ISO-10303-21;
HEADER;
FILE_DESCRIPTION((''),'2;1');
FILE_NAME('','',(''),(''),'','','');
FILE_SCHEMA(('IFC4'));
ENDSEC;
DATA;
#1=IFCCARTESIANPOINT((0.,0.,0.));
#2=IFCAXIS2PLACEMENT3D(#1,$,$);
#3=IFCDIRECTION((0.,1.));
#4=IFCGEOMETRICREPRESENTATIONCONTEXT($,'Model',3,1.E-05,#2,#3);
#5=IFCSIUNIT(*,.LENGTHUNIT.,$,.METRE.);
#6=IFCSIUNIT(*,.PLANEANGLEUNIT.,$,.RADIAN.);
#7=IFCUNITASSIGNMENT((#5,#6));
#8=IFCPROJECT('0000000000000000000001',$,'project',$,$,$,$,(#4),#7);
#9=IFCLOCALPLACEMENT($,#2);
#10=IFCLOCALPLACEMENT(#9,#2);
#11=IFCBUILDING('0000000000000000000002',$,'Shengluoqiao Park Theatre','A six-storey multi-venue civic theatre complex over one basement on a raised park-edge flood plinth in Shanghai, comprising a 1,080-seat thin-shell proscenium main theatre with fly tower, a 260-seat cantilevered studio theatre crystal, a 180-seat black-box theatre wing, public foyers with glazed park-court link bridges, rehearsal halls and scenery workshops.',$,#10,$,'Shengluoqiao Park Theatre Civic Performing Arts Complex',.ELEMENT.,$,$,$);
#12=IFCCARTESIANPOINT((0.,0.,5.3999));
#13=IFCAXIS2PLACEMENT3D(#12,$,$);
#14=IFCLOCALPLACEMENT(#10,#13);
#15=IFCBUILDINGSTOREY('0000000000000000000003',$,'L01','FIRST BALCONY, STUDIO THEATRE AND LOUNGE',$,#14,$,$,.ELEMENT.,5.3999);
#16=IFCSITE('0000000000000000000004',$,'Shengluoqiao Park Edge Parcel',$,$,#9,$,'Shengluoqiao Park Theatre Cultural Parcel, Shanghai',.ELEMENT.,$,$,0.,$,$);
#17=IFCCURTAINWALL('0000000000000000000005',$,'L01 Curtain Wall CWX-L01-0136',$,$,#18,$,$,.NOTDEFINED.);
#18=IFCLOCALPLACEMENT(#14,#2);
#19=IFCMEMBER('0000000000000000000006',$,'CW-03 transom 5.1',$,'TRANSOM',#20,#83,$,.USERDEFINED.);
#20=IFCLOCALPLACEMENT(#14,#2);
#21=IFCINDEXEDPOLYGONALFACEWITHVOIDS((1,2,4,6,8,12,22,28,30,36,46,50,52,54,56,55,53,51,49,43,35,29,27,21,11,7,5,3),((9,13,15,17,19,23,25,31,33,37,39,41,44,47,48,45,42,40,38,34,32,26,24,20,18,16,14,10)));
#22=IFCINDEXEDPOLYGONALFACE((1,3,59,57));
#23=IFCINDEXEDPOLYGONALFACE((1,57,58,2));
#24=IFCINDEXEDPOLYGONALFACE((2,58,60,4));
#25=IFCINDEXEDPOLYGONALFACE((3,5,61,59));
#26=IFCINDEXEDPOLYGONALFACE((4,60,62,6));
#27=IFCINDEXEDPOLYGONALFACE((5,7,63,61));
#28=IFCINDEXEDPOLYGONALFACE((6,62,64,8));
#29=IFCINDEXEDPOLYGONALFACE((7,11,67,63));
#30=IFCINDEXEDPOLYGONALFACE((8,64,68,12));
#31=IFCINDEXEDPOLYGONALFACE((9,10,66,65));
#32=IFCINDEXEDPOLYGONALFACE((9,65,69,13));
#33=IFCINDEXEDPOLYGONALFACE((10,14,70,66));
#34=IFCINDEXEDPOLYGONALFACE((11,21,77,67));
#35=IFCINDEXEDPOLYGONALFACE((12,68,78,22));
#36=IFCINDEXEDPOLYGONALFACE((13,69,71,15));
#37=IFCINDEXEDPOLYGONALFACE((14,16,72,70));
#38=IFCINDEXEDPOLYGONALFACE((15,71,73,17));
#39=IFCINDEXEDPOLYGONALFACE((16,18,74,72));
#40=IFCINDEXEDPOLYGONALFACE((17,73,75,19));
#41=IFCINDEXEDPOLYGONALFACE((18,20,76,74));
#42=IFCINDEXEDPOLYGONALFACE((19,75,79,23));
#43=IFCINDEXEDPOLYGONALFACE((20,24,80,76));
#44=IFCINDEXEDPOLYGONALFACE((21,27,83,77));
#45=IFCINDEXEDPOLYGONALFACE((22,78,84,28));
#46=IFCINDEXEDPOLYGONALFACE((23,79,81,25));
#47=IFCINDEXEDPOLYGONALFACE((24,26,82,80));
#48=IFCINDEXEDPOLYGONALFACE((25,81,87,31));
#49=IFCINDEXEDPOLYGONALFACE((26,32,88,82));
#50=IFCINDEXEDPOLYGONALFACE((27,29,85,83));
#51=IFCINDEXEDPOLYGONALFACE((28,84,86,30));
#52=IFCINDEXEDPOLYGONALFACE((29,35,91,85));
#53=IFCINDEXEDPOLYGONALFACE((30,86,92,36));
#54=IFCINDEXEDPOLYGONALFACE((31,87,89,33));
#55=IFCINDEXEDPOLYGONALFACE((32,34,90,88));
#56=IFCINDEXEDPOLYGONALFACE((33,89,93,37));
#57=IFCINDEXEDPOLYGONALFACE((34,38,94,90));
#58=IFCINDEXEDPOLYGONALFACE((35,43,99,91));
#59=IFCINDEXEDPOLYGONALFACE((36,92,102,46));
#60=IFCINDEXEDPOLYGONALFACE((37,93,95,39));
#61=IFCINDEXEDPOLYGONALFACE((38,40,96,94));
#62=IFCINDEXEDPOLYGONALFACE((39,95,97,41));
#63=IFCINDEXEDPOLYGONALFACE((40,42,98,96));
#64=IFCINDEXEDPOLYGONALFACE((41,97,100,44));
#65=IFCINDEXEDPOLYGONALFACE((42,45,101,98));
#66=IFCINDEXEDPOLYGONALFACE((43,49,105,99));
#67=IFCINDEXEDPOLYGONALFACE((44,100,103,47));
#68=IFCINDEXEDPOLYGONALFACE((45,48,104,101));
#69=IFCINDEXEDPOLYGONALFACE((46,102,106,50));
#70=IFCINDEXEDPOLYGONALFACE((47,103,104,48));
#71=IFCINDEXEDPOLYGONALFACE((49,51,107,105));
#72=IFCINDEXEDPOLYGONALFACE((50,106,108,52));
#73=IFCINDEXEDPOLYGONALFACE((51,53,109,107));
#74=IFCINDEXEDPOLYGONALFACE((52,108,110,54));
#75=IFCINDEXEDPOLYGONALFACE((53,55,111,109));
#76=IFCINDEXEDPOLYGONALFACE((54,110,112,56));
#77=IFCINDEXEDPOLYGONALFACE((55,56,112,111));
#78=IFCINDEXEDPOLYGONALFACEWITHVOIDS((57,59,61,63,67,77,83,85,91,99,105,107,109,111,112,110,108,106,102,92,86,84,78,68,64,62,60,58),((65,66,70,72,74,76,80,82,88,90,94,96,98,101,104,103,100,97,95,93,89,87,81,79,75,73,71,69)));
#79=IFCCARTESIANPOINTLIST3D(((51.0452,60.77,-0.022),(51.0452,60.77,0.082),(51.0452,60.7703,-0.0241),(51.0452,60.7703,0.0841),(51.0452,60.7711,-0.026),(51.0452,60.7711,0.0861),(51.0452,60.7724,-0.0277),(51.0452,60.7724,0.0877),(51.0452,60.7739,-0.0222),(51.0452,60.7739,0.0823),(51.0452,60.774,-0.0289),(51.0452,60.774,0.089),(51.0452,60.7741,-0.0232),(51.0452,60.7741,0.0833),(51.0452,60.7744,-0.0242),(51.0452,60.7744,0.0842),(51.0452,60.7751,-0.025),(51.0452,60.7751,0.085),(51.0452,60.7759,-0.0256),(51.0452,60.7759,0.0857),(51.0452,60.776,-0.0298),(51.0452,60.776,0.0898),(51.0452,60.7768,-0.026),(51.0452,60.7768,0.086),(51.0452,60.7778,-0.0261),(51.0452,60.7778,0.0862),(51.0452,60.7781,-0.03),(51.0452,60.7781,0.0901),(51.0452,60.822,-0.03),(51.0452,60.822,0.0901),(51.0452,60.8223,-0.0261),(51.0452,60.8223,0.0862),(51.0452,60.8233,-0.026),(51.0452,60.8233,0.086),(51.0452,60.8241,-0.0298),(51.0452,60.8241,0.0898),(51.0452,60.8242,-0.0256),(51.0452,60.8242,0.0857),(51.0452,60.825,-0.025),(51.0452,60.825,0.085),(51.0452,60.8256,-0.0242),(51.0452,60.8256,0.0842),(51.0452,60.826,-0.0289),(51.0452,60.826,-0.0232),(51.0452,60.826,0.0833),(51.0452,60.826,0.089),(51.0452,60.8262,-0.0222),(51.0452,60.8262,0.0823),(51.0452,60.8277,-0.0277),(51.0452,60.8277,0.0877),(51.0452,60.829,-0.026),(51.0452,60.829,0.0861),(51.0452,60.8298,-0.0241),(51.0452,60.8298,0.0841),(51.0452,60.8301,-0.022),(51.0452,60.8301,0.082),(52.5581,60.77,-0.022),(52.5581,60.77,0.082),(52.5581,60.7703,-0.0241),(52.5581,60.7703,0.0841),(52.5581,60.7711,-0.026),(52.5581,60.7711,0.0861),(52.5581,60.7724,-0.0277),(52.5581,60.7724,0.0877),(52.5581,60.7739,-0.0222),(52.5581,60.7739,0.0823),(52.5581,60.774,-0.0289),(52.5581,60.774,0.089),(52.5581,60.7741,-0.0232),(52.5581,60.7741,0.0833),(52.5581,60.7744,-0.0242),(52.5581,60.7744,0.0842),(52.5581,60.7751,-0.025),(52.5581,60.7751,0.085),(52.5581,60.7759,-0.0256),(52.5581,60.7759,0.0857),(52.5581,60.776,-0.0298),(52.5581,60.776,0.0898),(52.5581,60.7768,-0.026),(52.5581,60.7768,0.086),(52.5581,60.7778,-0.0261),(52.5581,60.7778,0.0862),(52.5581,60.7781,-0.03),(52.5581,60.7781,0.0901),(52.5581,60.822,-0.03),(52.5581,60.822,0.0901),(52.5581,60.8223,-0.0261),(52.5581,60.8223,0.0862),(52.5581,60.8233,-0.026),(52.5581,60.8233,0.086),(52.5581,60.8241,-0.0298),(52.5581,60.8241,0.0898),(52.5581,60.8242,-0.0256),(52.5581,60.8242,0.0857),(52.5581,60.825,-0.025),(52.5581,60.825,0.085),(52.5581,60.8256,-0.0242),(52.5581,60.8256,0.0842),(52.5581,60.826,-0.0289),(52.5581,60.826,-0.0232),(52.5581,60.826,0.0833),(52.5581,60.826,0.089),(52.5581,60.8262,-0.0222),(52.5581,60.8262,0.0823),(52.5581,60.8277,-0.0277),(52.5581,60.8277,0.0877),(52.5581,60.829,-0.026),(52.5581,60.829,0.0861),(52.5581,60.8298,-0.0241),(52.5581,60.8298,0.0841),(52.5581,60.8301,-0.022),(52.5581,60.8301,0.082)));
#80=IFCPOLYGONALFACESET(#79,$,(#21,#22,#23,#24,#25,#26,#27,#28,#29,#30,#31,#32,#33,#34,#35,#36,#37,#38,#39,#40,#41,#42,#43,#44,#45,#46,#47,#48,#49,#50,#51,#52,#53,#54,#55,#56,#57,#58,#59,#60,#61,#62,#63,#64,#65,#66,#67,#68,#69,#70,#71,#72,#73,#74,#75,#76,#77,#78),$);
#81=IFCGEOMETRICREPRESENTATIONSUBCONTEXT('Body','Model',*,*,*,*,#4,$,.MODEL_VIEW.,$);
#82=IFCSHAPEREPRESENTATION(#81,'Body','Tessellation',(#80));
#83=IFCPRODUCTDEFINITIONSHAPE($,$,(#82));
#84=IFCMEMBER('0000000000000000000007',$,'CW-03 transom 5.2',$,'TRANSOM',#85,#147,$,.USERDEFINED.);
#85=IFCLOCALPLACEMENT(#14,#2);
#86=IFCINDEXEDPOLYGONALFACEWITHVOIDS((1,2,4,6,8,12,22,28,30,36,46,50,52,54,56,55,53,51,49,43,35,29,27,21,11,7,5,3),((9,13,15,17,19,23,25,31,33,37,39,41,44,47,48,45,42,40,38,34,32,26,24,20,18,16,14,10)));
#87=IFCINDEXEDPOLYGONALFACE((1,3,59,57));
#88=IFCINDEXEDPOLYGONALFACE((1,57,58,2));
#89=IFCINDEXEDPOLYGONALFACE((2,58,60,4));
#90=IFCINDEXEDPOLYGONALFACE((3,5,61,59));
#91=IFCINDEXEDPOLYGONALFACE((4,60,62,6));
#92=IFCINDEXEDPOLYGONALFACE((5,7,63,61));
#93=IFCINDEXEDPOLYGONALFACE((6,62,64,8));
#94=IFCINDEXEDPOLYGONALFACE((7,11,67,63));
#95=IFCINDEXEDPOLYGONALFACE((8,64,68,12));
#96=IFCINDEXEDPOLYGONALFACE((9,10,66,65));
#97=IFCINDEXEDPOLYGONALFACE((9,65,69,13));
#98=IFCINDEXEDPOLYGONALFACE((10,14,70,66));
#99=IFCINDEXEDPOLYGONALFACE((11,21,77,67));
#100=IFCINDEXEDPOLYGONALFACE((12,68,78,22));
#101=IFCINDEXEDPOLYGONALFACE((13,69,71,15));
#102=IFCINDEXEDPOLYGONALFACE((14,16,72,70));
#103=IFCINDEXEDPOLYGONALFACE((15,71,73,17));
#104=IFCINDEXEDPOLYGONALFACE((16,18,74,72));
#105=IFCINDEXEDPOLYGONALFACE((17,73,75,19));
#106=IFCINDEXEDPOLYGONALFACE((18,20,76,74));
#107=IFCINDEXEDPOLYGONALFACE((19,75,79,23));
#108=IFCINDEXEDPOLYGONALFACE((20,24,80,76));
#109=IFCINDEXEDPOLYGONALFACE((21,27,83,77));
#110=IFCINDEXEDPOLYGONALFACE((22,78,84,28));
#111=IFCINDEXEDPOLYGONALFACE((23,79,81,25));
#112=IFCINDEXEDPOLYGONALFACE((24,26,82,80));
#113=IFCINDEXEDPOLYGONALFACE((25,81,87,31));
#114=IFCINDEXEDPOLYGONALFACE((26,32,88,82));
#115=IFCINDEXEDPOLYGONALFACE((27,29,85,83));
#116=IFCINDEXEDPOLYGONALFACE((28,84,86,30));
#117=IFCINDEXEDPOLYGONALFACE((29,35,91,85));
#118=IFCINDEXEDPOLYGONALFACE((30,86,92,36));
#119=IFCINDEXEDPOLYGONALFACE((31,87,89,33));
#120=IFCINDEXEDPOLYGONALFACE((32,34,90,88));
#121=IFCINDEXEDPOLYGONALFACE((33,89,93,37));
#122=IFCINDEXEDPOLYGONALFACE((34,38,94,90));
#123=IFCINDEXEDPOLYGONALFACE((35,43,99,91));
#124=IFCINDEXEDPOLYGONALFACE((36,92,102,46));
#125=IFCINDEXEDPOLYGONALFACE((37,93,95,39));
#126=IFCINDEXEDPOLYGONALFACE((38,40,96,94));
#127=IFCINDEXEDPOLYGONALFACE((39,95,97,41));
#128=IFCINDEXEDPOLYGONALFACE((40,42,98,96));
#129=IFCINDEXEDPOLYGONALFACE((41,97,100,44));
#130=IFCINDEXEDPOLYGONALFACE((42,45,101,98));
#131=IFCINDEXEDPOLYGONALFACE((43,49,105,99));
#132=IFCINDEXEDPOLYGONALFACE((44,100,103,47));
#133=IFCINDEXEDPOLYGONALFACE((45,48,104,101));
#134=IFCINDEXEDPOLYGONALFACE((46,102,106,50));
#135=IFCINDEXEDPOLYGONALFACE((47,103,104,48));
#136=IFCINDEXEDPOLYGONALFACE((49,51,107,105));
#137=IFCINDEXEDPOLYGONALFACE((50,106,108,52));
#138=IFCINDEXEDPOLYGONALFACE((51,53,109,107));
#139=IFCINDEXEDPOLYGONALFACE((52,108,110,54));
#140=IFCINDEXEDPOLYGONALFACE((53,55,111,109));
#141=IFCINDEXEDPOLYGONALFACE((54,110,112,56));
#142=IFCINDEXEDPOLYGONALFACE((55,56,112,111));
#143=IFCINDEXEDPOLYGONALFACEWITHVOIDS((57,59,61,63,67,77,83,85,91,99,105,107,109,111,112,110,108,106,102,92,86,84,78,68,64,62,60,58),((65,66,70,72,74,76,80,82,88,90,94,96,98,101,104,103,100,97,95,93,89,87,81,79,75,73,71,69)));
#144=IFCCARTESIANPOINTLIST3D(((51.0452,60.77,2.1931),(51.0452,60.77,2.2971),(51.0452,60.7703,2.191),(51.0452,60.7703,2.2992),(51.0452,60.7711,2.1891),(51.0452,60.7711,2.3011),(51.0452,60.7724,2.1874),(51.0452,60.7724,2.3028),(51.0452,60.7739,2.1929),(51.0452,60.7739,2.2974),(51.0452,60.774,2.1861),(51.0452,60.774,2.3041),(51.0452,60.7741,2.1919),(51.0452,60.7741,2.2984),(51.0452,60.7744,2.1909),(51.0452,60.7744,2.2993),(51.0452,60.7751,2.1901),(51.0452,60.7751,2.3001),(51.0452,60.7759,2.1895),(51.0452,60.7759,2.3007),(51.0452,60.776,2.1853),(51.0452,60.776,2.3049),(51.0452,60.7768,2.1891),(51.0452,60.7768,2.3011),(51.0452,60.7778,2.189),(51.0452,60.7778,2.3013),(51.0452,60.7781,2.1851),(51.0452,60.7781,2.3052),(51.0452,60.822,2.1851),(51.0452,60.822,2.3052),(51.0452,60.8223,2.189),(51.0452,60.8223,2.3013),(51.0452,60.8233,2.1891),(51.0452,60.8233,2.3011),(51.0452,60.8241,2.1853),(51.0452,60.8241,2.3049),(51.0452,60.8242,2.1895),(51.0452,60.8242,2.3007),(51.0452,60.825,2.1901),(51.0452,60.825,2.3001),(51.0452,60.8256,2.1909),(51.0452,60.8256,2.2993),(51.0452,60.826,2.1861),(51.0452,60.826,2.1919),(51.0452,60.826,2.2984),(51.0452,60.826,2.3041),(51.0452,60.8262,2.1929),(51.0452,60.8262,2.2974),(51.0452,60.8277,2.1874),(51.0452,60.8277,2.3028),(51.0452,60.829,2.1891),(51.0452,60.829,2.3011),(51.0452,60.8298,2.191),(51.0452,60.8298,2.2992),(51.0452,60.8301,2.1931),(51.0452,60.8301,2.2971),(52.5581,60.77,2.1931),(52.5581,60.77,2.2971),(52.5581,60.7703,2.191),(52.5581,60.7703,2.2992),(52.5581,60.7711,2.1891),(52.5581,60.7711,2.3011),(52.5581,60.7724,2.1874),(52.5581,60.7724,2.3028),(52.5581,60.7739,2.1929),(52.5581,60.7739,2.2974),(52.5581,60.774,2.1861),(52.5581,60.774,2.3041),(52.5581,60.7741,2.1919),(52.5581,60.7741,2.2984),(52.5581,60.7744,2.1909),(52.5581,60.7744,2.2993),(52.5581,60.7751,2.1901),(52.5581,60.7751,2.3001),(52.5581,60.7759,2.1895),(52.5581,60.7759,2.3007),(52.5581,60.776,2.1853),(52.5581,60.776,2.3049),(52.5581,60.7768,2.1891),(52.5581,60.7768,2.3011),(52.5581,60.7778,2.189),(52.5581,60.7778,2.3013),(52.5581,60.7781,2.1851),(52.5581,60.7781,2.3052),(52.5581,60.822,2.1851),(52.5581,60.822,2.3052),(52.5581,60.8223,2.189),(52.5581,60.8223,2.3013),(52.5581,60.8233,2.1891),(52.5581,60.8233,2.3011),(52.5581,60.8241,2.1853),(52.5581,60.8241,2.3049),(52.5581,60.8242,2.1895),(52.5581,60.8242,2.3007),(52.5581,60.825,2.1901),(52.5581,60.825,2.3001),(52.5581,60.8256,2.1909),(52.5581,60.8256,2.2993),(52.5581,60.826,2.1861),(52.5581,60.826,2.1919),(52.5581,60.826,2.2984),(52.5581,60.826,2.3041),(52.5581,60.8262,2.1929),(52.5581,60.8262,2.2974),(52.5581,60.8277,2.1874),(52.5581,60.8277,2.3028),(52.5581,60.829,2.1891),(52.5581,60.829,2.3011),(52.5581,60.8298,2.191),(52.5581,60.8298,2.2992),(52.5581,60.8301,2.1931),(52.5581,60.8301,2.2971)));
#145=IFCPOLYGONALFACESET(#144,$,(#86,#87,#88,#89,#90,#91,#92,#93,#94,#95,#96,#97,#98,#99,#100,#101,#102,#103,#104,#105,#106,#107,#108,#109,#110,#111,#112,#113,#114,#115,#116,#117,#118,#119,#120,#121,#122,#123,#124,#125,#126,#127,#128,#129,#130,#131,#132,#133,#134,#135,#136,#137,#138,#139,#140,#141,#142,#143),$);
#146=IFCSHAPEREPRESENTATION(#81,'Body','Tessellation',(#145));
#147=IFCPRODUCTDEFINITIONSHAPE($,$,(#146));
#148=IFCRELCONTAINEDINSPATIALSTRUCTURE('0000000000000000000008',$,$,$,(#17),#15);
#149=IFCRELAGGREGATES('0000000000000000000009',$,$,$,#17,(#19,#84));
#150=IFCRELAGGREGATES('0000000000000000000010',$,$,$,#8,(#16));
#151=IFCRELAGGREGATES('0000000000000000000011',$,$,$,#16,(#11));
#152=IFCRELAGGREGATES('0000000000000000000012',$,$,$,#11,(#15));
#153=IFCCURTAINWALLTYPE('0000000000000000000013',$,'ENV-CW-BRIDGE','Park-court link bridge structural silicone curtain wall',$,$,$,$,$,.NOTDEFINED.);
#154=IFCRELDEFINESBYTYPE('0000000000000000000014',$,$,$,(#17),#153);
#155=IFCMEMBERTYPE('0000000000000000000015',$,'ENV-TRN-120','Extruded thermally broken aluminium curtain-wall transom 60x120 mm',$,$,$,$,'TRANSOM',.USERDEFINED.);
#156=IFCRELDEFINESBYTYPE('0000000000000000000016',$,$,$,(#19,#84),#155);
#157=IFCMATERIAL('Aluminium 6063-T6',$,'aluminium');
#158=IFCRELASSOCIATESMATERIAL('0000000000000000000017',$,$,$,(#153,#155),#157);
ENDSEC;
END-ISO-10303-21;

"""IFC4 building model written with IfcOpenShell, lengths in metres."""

from ifc_helpers import new_model, si_unit, direction, frame, origin, origin_2d, place, context, subcontext, project, spatial, hollow_rectangle, extrude, material, material_profile, profile_set, type_object, element, aggregate, save


model = new_model("IFC4")

# Units and contexts
model_context = context("Model", 3, precision=1e-05, world=origin(), true_north=direction((0.0, 1.0)))
body_context = subcontext(model_context, "Body", "Model", "MODEL_VIEW")
ifc_project = project(units=[si_unit("LENGTHUNIT", "METRE"), si_unit("PLANEANGLEUNIT", "RADIAN")], contexts=[model_context])

# Site, building, storey
site_placement = place(None, origin())
site = spatial("IfcSite", under=ifc_project, at=site_placement, Name="Shengluoqiao Park Edge Parcel", LongName="Shengluoqiao Park Theatre Cultural Parcel, Shanghai", CompositionType="ELEMENT", RefElevation=0.0)
building_placement = place(site_placement, origin())
building = spatial("IfcBuilding", under=site, at=building_placement, Name="Shengluoqiao Park Theatre", Description="A six-storey multi-venue civic theatre complex over one basement on a raised park-edge flood plinth in Shanghai, comprising a 1,080-seat thin-shell proscenium main theatre with fly tower, a 260-seat cantilevered studio theatre crystal, a 180-seat black-box theatre wing, public foyers with glazed park-court link bridges, rehearsal halls and scenery workshops.", LongName="Shengluoqiao Park Theatre Civic Performing Arts Complex", CompositionType="ELEMENT")
storey_placement = place(building_placement, frame((0.0, 0.0, 5.3999)))
storey = spatial("IfcBuildingStorey", under=building, at=storey_placement, Name="L01", Description="FIRST BALCONY, STUDIO THEATRE AND LOUNGE", CompositionType="ELEMENT", Elevation=5.3999)

# Curtain wall
ifc_material_1 = material(Name="Aluminium 6063-T6", Category="aluminium")
curtain_wall_type = type_object("IfcCurtainWallType", Name="ENV-CW-BRIDGE", Description="Park-court link bridge structural silicone curtain wall", PredefinedType="NOTDEFINED", material=ifc_material_1)
curtain_wall_1_placement = place(storey_placement, origin())
curtain_wall_1 = element("IfcCurtainWall", 1, at=curtain_wall_1_placement, inside=storey, type_object=curtain_wall_type, Name="L01 Curtain Wall CWX-L01-0136", PredefinedType="NOTDEFINED")

# Members
ifc_material_profile_1 = material_profile(ifc_material_1, hollow_rectangle(XDim=0.0601, YDim=0.1201, WallThickness=0.0039, InnerFilletRadius=0.0039, OuterFilletRadius=0.0081, at=origin_2d()), Name="ALU TRANSOM 120x60x4")
ifc_profile_set_1 = profile_set([ifc_material_profile_1], Name="Aluminium 6063-T6")
member_type_1 = type_object("IfcMemberType", Name="ENV-TRN-120", Description="Extruded thermally broken aluminium curtain-wall transom 60x120 mm", ElementType="TRANSOM", PredefinedType="USERDEFINED", material=ifc_profile_set_1)
member_1_placement = place(storey_placement, frame((51.0452, 60.8, 0.03), z_axis=(1.0, 0.0, 0.0), x_axis=(0.0, 1.0, 0.0)))
member_1 = element("IfcMember", 2, at=member_1_placement, type_object=member_type_1, Name="CW-03 transom 5.1", ObjectType="TRANSOM", PredefinedType="USERDEFINED", context=body_context, shape_type="SweptSolid", body=[
    extrude(hollow_rectangle(XDim=0.0601, YDim=0.1201, WallThickness=0.0039, InnerFilletRadius=0.0039, OuterFilletRadius=0.0081, at=origin_2d()), origin(), (0.0, 0.0, 1.0), 1.5129),
])
member_2_placement = place(storey_placement, frame((51.0452, 60.8, 2.2451), z_axis=(1.0, 0.0, 0.0), x_axis=(0.0, 1.0, 0.0)))
member_2 = element("IfcMember", 3, at=member_2_placement, type_object=member_type_1, Name="CW-03 transom 5.2", ObjectType="TRANSOM", PredefinedType="USERDEFINED", context=body_context, shape_type="SweptSolid", body=[
    extrude(hollow_rectangle(XDim=0.0601, YDim=0.1201, WallThickness=0.0039, InnerFilletRadius=0.0039, OuterFilletRadius=0.0081, at=origin_2d()), origin(), (0.0, 0.0, 1.0), 1.5129),
])

aggregate(curtain_wall_1, [member_1, member_2])

save(model, "model.ifc")
